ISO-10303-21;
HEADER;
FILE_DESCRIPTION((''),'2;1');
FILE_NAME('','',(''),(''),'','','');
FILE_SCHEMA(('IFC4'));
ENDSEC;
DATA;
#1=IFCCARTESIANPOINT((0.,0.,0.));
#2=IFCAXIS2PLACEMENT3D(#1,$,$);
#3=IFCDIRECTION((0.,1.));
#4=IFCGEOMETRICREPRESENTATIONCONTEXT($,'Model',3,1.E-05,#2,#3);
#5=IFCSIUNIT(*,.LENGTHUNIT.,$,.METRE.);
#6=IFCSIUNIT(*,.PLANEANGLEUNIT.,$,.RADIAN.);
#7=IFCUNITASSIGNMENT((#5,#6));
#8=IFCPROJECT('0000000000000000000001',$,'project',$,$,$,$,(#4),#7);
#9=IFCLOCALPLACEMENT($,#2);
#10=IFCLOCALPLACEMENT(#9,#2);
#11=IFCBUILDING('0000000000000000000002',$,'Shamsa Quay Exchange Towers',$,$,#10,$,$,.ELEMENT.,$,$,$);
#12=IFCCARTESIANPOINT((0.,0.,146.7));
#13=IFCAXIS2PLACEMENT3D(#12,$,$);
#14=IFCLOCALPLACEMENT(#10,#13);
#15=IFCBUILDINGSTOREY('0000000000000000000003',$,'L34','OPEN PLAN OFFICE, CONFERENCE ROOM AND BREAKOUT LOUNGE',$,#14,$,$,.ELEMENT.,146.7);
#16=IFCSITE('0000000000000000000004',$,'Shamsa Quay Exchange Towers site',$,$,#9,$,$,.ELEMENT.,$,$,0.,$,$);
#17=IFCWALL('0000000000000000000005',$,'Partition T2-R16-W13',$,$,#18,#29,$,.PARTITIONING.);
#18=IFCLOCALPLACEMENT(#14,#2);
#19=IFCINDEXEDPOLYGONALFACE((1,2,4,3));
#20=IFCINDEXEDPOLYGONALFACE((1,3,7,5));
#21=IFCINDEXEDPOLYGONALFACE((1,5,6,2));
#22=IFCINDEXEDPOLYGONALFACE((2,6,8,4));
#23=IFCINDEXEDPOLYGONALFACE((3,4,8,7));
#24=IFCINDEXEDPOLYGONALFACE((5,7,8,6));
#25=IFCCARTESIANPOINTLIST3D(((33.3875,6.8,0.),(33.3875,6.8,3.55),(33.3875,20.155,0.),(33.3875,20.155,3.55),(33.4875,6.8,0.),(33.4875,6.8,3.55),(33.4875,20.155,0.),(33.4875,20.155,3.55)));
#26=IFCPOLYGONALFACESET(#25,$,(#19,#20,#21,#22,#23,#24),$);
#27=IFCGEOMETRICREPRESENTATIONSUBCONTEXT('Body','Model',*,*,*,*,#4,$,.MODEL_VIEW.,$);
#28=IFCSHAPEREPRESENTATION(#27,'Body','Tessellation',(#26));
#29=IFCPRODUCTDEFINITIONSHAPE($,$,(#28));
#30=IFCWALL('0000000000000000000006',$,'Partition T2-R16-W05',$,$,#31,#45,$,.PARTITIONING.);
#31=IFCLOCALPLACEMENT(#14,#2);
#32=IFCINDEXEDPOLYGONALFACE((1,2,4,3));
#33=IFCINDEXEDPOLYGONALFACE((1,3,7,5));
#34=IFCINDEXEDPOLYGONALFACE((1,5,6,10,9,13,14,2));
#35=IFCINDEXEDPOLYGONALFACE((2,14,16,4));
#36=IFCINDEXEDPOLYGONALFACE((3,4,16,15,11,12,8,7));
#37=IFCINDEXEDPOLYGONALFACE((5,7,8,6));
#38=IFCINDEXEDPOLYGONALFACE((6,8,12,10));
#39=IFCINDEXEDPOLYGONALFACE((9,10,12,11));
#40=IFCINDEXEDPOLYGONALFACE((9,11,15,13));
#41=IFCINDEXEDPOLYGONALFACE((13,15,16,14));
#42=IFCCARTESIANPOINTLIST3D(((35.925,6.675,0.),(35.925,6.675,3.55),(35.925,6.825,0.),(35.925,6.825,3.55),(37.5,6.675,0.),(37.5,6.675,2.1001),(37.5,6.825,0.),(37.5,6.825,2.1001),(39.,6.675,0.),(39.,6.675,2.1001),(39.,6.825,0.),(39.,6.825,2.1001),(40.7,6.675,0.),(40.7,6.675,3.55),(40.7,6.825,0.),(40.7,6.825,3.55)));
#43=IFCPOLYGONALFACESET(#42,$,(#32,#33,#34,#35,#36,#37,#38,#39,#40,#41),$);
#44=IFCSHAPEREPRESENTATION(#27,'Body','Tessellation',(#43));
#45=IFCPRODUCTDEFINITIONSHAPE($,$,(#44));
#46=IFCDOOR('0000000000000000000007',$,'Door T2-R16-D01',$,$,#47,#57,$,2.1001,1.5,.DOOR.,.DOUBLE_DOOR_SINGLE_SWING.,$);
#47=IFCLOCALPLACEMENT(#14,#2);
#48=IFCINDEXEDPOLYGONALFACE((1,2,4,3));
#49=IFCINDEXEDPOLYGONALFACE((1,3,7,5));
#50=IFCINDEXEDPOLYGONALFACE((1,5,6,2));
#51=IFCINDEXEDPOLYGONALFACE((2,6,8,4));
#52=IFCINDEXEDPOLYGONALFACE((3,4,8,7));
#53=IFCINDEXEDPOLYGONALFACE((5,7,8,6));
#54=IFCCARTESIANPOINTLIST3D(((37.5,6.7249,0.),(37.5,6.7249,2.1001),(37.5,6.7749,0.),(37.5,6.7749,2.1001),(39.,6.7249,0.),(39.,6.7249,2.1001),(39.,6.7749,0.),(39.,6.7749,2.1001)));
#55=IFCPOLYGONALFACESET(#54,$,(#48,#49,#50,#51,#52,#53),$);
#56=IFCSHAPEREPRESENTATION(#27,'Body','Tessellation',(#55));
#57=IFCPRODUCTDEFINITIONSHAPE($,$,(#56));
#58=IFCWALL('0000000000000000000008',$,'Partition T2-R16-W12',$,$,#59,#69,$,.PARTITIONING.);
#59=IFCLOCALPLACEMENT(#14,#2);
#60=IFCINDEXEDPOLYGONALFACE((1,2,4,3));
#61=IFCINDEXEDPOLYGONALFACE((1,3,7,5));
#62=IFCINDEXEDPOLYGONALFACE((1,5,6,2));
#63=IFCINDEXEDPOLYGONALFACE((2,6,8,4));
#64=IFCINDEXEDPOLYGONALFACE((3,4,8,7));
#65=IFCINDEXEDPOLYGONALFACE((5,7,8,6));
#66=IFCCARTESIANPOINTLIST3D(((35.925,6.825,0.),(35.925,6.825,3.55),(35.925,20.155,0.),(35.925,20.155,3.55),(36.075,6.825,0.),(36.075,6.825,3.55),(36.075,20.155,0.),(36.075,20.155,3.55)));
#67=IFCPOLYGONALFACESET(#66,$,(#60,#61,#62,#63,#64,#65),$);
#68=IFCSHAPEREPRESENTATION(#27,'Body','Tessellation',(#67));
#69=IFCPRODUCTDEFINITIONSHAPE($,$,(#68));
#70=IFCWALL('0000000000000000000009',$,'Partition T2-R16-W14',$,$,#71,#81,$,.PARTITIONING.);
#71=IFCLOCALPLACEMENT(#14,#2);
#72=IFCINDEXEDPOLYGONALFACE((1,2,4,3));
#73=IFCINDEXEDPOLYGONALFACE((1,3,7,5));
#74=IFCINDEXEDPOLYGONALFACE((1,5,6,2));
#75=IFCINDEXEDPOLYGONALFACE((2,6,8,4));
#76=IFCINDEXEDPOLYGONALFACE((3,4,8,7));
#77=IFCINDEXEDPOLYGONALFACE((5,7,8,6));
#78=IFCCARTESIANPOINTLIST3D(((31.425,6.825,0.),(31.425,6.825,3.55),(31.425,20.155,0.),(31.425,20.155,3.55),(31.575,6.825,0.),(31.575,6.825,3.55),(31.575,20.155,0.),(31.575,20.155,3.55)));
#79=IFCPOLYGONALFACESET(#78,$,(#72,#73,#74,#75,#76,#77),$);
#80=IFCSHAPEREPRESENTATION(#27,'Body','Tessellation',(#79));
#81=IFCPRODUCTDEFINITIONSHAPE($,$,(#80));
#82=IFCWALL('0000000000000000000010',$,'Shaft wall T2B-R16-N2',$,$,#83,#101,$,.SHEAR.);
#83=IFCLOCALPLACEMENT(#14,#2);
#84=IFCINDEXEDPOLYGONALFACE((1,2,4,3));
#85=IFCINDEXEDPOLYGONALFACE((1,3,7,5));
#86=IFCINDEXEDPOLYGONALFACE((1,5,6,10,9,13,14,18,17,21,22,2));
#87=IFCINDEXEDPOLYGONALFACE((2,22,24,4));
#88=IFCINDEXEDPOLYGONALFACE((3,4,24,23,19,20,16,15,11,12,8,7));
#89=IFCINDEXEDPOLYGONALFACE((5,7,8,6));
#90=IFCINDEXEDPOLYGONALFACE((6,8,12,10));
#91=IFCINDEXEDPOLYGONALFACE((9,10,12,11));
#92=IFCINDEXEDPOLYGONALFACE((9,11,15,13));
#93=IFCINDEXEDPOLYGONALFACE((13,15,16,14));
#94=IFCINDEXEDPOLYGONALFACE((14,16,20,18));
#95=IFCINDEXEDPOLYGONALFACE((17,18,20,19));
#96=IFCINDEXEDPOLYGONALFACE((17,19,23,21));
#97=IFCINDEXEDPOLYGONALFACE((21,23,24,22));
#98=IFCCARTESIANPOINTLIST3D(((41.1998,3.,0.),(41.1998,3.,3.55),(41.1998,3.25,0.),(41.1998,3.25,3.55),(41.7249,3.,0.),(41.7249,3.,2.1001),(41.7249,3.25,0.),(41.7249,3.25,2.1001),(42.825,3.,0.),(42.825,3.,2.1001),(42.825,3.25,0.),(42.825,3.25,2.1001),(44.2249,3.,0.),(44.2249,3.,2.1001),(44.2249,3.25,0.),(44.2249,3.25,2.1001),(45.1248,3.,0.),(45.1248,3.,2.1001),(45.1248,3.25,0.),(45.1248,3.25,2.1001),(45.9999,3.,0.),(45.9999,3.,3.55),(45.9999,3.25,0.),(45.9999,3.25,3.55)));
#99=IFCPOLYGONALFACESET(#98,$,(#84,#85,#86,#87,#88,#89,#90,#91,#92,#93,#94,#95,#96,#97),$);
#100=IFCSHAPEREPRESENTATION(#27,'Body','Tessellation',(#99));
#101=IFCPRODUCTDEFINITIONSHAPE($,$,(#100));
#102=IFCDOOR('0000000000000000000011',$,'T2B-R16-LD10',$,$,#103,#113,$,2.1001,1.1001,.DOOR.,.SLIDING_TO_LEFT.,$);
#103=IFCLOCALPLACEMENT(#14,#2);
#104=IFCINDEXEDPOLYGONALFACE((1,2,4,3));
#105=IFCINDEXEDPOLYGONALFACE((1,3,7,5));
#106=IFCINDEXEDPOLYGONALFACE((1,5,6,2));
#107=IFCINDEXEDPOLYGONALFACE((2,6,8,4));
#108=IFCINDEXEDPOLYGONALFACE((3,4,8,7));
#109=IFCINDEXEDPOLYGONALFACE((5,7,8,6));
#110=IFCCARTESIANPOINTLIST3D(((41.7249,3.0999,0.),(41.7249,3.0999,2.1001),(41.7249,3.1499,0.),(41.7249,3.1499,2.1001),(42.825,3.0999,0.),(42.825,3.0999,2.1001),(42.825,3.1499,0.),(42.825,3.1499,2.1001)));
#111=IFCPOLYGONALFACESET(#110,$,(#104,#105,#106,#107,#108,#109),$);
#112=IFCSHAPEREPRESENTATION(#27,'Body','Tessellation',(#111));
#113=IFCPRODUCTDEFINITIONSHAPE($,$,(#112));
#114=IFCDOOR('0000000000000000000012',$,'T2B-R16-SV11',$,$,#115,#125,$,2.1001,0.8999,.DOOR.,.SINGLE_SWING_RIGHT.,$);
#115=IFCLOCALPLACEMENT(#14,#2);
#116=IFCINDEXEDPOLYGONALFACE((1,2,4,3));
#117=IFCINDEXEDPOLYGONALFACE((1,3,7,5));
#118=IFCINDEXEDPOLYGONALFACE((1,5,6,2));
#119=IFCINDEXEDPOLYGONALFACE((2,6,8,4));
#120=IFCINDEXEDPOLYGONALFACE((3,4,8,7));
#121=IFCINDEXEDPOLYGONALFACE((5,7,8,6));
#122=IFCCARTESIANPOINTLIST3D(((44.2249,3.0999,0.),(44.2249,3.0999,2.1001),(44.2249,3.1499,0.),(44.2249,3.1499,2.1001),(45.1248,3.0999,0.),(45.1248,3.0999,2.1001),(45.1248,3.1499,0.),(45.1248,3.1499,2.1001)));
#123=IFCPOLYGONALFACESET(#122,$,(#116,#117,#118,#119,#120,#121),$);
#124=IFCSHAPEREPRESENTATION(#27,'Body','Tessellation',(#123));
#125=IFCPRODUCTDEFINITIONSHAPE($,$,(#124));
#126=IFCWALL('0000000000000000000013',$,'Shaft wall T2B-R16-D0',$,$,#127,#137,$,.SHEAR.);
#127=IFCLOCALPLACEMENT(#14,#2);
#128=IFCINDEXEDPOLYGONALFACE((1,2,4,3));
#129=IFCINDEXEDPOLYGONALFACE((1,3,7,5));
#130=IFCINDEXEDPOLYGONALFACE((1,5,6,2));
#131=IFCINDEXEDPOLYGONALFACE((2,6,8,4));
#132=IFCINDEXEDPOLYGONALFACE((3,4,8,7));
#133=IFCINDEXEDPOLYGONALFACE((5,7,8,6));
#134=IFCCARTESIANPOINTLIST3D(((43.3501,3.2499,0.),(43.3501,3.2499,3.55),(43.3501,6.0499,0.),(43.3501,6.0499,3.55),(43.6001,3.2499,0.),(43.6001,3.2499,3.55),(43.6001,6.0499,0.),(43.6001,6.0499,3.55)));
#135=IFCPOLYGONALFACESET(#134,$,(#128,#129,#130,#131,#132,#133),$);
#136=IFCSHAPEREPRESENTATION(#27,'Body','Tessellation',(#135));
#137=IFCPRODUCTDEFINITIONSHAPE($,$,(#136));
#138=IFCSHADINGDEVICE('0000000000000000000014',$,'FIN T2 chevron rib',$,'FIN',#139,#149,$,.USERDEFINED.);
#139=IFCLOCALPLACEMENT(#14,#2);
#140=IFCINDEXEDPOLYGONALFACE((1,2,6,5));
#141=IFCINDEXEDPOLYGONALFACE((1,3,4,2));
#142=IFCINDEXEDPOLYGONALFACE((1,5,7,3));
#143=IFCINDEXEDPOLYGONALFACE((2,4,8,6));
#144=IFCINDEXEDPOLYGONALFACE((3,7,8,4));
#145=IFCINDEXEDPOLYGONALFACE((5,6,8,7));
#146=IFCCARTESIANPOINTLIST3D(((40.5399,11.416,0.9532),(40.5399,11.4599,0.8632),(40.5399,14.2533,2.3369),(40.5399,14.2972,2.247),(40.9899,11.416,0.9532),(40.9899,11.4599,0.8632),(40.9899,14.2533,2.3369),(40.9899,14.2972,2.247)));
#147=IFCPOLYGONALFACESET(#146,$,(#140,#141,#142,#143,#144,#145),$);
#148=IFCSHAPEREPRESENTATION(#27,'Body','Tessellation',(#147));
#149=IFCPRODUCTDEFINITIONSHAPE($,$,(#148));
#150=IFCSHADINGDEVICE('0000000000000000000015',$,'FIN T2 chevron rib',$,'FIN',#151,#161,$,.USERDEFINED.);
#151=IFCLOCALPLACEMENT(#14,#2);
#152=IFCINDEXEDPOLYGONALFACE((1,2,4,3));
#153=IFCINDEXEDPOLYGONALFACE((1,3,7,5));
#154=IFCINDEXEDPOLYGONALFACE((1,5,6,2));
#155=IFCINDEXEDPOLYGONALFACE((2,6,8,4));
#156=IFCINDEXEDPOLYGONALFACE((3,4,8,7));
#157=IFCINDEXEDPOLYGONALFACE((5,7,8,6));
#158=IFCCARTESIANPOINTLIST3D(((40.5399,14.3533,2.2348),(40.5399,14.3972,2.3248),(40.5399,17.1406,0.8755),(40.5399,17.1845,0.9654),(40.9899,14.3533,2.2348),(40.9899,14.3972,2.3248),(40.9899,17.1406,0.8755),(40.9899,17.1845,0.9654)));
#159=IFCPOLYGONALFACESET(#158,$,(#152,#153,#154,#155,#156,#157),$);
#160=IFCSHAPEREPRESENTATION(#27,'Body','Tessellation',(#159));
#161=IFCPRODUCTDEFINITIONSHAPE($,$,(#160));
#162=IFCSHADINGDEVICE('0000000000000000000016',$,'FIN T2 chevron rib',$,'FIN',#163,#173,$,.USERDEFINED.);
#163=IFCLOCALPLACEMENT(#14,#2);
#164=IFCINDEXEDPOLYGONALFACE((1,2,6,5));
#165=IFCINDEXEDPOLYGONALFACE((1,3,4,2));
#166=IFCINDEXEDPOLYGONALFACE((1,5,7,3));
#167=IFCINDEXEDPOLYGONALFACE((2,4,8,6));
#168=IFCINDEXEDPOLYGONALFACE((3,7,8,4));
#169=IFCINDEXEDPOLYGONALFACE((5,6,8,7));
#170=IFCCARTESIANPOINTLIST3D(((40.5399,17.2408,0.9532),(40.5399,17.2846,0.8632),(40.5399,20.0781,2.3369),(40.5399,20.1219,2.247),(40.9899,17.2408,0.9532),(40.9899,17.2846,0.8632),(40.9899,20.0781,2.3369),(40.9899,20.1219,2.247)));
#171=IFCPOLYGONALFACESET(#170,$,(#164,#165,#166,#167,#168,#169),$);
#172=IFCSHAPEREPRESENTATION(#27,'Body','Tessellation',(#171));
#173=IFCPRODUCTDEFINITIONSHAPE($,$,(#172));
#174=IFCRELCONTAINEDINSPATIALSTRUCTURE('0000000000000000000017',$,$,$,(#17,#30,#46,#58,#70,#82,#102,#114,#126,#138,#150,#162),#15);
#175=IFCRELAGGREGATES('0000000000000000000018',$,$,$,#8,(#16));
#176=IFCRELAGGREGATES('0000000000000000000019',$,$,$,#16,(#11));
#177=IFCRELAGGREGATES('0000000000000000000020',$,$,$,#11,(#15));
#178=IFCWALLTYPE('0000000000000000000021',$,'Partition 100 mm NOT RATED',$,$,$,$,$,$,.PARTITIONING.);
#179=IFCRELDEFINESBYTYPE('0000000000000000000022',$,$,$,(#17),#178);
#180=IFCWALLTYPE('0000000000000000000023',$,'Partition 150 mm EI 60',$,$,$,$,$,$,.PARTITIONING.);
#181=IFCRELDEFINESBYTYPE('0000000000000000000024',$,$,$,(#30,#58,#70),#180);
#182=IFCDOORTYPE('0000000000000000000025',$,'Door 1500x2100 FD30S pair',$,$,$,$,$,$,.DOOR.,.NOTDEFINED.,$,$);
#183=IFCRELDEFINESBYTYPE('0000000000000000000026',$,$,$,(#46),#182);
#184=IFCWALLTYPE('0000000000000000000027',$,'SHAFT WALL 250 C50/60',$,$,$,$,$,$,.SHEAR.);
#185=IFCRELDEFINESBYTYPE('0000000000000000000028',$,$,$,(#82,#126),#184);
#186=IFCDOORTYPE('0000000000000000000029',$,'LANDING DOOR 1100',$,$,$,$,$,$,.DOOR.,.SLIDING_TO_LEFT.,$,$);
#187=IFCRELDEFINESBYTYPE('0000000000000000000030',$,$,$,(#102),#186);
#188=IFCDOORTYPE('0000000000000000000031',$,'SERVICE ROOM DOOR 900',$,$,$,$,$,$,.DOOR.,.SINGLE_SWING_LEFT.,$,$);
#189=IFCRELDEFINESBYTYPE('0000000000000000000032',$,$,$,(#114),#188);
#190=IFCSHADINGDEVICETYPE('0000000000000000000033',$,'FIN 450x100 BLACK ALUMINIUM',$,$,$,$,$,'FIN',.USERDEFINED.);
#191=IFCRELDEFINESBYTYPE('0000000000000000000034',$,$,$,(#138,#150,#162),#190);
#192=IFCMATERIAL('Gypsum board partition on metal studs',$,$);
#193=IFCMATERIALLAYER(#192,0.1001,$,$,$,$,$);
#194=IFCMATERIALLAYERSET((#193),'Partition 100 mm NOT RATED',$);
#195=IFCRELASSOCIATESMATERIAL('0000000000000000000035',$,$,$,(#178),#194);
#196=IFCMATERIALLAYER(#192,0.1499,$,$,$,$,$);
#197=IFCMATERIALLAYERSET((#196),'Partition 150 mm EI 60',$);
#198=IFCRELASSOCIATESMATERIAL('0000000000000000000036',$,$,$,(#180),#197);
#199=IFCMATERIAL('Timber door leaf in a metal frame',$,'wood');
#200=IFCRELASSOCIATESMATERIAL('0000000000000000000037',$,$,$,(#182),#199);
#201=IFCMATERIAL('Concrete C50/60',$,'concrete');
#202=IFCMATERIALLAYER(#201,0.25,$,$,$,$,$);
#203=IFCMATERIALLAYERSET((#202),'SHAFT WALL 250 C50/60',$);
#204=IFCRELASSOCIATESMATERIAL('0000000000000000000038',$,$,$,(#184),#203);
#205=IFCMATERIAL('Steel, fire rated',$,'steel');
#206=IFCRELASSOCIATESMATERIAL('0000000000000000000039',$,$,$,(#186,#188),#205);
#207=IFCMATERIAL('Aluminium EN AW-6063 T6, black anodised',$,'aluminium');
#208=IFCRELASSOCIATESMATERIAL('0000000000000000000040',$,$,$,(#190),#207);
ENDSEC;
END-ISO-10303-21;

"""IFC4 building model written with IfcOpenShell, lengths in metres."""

from ifc_helpers import new_model, si_unit, direction, frame, frame_2d, origin, origin_2d, place, context, subcontext, project, spatial, rectangle, extrude, material, layer, layer_set, material_profile, profile_set, type_object, element, fill, save


model = new_model("IFC4")

# Units and contexts
model_context = context("Model", 3, precision=1e-05, world=origin(), true_north=direction((0.0, 1.0)))
body_context = subcontext(model_context, "Body", "Model", "MODEL_VIEW")
ifc_project = project(units=[si_unit("LENGTHUNIT", "METRE"), si_unit("PLANEANGLEUNIT", "RADIAN")], contexts=[model_context])

# Site, building, storey
site_placement = place(None, origin())
site = spatial("IfcSite", under=ifc_project, at=site_placement, Name="Shamsa Quay Exchange Towers site", CompositionType="ELEMENT", RefElevation=0.0)
building_placement = place(site_placement, origin())
building = spatial("IfcBuilding", under=site, at=building_placement, Name="Shamsa Quay Exchange Towers", CompositionType="ELEMENT")
storey_placement = place(building_placement, frame((0.0, 0.0, 146.7)))
storey = spatial("IfcBuildingStorey", under=building, at=storey_placement, Name="L34", Description="OPEN PLAN OFFICE, CONFERENCE ROOM AND BREAKOUT LOUNGE", CompositionType="ELEMENT", Elevation=146.7)

# Shared definitions
ifc_material_1 = material(Name="Aluminium EN AW-6063 T6, black anodised", Category="aluminium")

# Shared definitions
ifc_material_2 = material(Name="Timber door leaf in a metal frame", Category="wood")

# Wall
ifc_material_3 = material(Name="Gypsum board partition on metal studs")
ifc_layer_1 = layer(ifc_material_3, 0.1001)
ifc_layer_set_1 = layer_set([ifc_layer_1], Name="Partition 100 mm NOT RATED")
wall_type_1 = type_object("IfcWallType", Name="Partition 100 mm NOT RATED", PredefinedType="PARTITIONING", material=ifc_layer_set_1)
wall_1_placement = place(storey_placement, frame((33.4375, 20.155, 0.0), z_axis=(0.0, 0.0, 1.0), x_axis=(0.0, -1.0, 0.0)))
element("IfcWall", 1, at=wall_1_placement, inside=storey, type_object=wall_type_1, Name="Partition T2-R16-W13", PredefinedType="PARTITIONING", context=body_context, shape_type="SweptSolid", body=[
    extrude(rectangle(XDim=13.355, YDim=0.1001, at=frame_2d((6.6775, 0.0))), origin(), (0.0, 0.0, 1.0), 3.55),
])

# Wall, opening, door
ifc_layer_2 = layer(ifc_material_3, 0.1499)
ifc_layer_set_2 = layer_set([ifc_layer_2], Name="Partition 150 mm EI 60")
wall_type_2 = type_object("IfcWallType", Name="Partition 150 mm EI 60", PredefinedType="PARTITIONING", material=ifc_layer_set_2)
wall_2_placement = place(storey_placement, frame((35.925, 6.75, 0.0)))
wall_2 = element("IfcWall", 2, at=wall_2_placement, inside=storey, type_object=wall_type_2, Name="Partition T2-R16-W05", PredefinedType="PARTITIONING", context=body_context, shape_type="SweptSolid", body=[
    extrude(rectangle(XDim=4.7749, YDim=0.1499, at=frame_2d((2.3875, 0.0))), origin(), (0.0, 0.0, 1.0), 3.55),
])
opening_1_placement = place(wall_2_placement, frame((1.575, 0.0, 0.0)))
opening_1 = element("IfcOpeningElement", 3, at=opening_1_placement, cuts=wall_2, PredefinedType="OPENING", context=body_context, shape_type="SweptSolid", body=[
    extrude(rectangle(XDim=1.5, YDim=2.1001, at=frame_2d((0.75, 1.05))), frame((0.0, 0.085, 0.0), z_axis=(0.0, -1.0, 0.0), x_axis=(1.0, 0.0, 0.0)), (0.0, 0.0, 1.0), 0.1699),
])
door_type_1 = type_object("IfcDoorType", Name="Door 1500x2100 FD30S pair", OperationType="NOTDEFINED", PredefinedType="DOOR", material=ifc_material_2)
door_1_placement = place(opening_1_placement, origin())
door_1 = element("IfcDoor", 4, at=door_1_placement, inside=storey, type_object=door_type_1, Name="Door T2-R16-D01", OperationType="DOUBLE_DOOR_SINGLE_SWING", OverallHeight=2.1001, OverallWidth=1.5, PredefinedType="DOOR", context=body_context, shape_type="SweptSolid", body=[
    extrude(rectangle(XDim=1.5, YDim=2.1001, at=frame_2d((0.75, 1.05))), frame((0.0, 0.0249, 0.0), z_axis=(0.0, -1.0, 0.0), x_axis=(1.0, 0.0, 0.0)), (0.0, 0.0, 1.0), 0.05),
])
fill(opening_1, door_1)

# Walls
for number, where, z_axis, x_axis, name in (
    (5, (36.0, 20.155, 0.0), (0.0, 0.0, 1.0), (0.0, -1.0, 0.0), "Partition T2-R16-W12"),
    (6, (31.5, 20.155, 0.0), (0.0, 0.0, 1.0), (0.0, -1.0, 0.0), "Partition T2-R16-W14"),
):
    element("IfcWall", number, at=place(storey_placement, frame(where, z_axis=z_axis, x_axis=x_axis)), inside=storey, type_object=wall_type_2, Name=name, PredefinedType="PARTITIONING", context=body_context, shape_type="SweptSolid", body=[
        extrude(rectangle(XDim=13.3301, YDim=0.1499, at=frame_2d((6.665, 0.0))), origin(), (0.0, 0.0, 1.0), 3.55),
    ])

# Wall, openings, doors
ifc_material_4 = material(Name="Concrete C50/60", Category="concrete")
ifc_layer_3 = layer(ifc_material_4, 0.25)
ifc_layer_set_3 = layer_set([ifc_layer_3], Name="SHAFT WALL 250 C50/60")
wall_type_3 = type_object("IfcWallType", Name="SHAFT WALL 250 C50/60", PredefinedType="SHEAR", material=ifc_layer_set_3)
wall_3_placement = place(storey_placement, frame((41.2, 3.125, 0.0)))
wall_3 = element("IfcWall", 7, at=wall_3_placement, inside=storey, type_object=wall_type_3, Name="Shaft wall T2B-R16-N2", PredefinedType="SHEAR", context=body_context, shape_type="SweptSolid", body=[
    extrude(rectangle(XDim=4.8, YDim=0.25, at=frame_2d((2.3999, 0.0))), origin(), (0.0, 0.0, 1.0), 3.55),
])
opening_2_placement = place(wall_3_placement, frame((0.5249, 0.0, 0.0)))
opening_2 = element("IfcOpeningElement", 8, at=opening_2_placement, cuts=wall_3, PredefinedType="OPENING", context=body_context, shape_type="SweptSolid", body=[
    extrude(rectangle(XDim=1.1001, YDim=2.1001, at=frame_2d((0.55, 1.05))), frame((0.0, 0.135, 0.0), z_axis=(0.0, -1.0, 0.0), x_axis=(1.0, 0.0, 0.0)), (0.0, 0.0, 1.0), 0.27),
])
opening_3_placement = place(wall_3_placement, frame((3.0249, 0.0, 0.0)))
opening_3 = element("IfcOpeningElement", 9, at=opening_3_placement, cuts=wall_3, PredefinedType="OPENING", context=body_context, shape_type="SweptSolid", body=[
    extrude(rectangle(XDim=0.8999, YDim=2.1001, at=frame_2d((0.45, 1.05))), frame((0.0, 0.135, 0.0), z_axis=(0.0, -1.0, 0.0), x_axis=(1.0, 0.0, 0.0)), (0.0, 0.0, 1.0), 0.27),
])
ifc_material_5 = material(Name="Steel, fire rated", Category="steel")
door_type_2 = type_object("IfcDoorType", Name="LANDING DOOR 1100", OperationType="SLIDING_TO_LEFT", PredefinedType="DOOR", material=ifc_material_5)
door_2_placement = place(opening_2_placement, origin())
door_2 = element("IfcDoor", 10, at=door_2_placement, inside=storey, type_object=door_type_2, Name="T2B-R16-LD10", OperationType="SLIDING_TO_LEFT", OverallHeight=2.1001, OverallWidth=1.1001, PredefinedType="DOOR", context=body_context, shape_type="SweptSolid", body=[
    extrude(rectangle(XDim=1.1001, YDim=2.1001, at=frame_2d((0.55, 1.05))), frame((0.0, 0.0249, 0.0), z_axis=(0.0, -1.0, 0.0), x_axis=(1.0, 0.0, 0.0)), (0.0, 0.0, 1.0), 0.05),
])
fill(opening_2, door_2)
door_type_3 = type_object("IfcDoorType", Name="SERVICE ROOM DOOR 900", OperationType="SINGLE_SWING_LEFT", PredefinedType="DOOR", material=ifc_material_5)
door_3_placement = place(opening_3_placement, origin())
door_3 = element("IfcDoor", 11, at=door_3_placement, inside=storey, type_object=door_type_3, Name="T2B-R16-SV11", OperationType="SINGLE_SWING_RIGHT", OverallHeight=2.1001, OverallWidth=0.8999, PredefinedType="DOOR", context=body_context, shape_type="SweptSolid", body=[
    extrude(rectangle(XDim=0.8999, YDim=2.1001, at=frame_2d((0.45, 1.05))), frame((0.0, 0.0249, 0.0), z_axis=(0.0, -1.0, 0.0), x_axis=(1.0, 0.0, 0.0)), (0.0, 0.0, 1.0), 0.05),
])
fill(opening_3, door_3)

# Wall
wall_4_placement = place(storey_placement, frame((43.4751, 3.25, 0.0), z_axis=(0.0, 0.0, 1.0), x_axis=(0.0, 1.0, 0.0)))
element("IfcWall", 12, at=wall_4_placement, inside=storey, type_object=wall_type_3, Name="Shaft wall T2B-R16-D0", PredefinedType="SHEAR", context=body_context, shape_type="SweptSolid", body=[
    extrude(rectangle(XDim=2.8, YDim=0.25, at=frame_2d((1.3999, 0.0))), origin(), (0.0, 0.0, 1.0), 3.55),
])

# Shading devices
ifc_material_profile_1 = material_profile(ifc_material_1, rectangle(XDim=0.45, YDim=0.1001, at=origin_2d()), Name="FIN450x100")
ifc_profile_set_1 = profile_set([ifc_material_profile_1], Name="Aluminium EN AW-6063 T6, black anodised")
shading_device_type = type_object("IfcShadingDeviceType", Name="FIN 450x100 BLACK ALUMINIUM", ElementType="FIN", PredefinedType="USERDEFINED", material=ifc_profile_set_1)
shading_device_1_placement = place(storey_placement, frame((40.7649, 11.438, 0.9082), z_axis=(0.0, 0.898807, 0.438344), x_axis=(-1.0, 0.0, 0.0)))
element("IfcShadingDevice", 13, at=shading_device_1_placement, inside=storey, type_object=shading_device_type, Name="FIN T2 chevron rib", ObjectType="FIN", PredefinedType="USERDEFINED", context=body_context, shape_type="SweptSolid", body=[
    extrude(rectangle(XDim=0.45, YDim=0.1001, at=origin_2d()), origin(), (0.0, 0.0, 1.0), 3.1567),
])
shading_device_2_placement = place(storey_placement, frame((40.7649, 14.3752, 2.2798), z_axis=(0.0, 0.898808, -0.438343), x_axis=(-1.0, 0.0, 0.0)))
element("IfcShadingDevice", 14, at=shading_device_2_placement, inside=storey, type_object=shading_device_type, Name="FIN T2 chevron rib", ObjectType="FIN", PredefinedType="USERDEFINED", context=body_context, shape_type="SweptSolid", body=[
    extrude(rectangle(XDim=0.45, YDim=0.1001, at=origin_2d()), origin(), (0.0, 0.0, 1.0), 3.1011),
])
shading_device_3_placement = place(storey_placement, frame((40.7649, 17.2627, 0.9082), z_axis=(0.0, 0.898807, 0.438344), x_axis=(-1.0, 0.0, 0.0)))
element("IfcShadingDevice", 15, at=shading_device_3_placement, inside=storey, type_object=shading_device_type, Name="FIN T2 chevron rib", ObjectType="FIN", PredefinedType="USERDEFINED", context=body_context, shape_type="SweptSolid", body=[
    extrude(rectangle(XDim=0.45, YDim=0.1001, at=origin_2d()), origin(), (0.0, 0.0, 1.0), 3.1567),
])

save(model, "model.ifc")
